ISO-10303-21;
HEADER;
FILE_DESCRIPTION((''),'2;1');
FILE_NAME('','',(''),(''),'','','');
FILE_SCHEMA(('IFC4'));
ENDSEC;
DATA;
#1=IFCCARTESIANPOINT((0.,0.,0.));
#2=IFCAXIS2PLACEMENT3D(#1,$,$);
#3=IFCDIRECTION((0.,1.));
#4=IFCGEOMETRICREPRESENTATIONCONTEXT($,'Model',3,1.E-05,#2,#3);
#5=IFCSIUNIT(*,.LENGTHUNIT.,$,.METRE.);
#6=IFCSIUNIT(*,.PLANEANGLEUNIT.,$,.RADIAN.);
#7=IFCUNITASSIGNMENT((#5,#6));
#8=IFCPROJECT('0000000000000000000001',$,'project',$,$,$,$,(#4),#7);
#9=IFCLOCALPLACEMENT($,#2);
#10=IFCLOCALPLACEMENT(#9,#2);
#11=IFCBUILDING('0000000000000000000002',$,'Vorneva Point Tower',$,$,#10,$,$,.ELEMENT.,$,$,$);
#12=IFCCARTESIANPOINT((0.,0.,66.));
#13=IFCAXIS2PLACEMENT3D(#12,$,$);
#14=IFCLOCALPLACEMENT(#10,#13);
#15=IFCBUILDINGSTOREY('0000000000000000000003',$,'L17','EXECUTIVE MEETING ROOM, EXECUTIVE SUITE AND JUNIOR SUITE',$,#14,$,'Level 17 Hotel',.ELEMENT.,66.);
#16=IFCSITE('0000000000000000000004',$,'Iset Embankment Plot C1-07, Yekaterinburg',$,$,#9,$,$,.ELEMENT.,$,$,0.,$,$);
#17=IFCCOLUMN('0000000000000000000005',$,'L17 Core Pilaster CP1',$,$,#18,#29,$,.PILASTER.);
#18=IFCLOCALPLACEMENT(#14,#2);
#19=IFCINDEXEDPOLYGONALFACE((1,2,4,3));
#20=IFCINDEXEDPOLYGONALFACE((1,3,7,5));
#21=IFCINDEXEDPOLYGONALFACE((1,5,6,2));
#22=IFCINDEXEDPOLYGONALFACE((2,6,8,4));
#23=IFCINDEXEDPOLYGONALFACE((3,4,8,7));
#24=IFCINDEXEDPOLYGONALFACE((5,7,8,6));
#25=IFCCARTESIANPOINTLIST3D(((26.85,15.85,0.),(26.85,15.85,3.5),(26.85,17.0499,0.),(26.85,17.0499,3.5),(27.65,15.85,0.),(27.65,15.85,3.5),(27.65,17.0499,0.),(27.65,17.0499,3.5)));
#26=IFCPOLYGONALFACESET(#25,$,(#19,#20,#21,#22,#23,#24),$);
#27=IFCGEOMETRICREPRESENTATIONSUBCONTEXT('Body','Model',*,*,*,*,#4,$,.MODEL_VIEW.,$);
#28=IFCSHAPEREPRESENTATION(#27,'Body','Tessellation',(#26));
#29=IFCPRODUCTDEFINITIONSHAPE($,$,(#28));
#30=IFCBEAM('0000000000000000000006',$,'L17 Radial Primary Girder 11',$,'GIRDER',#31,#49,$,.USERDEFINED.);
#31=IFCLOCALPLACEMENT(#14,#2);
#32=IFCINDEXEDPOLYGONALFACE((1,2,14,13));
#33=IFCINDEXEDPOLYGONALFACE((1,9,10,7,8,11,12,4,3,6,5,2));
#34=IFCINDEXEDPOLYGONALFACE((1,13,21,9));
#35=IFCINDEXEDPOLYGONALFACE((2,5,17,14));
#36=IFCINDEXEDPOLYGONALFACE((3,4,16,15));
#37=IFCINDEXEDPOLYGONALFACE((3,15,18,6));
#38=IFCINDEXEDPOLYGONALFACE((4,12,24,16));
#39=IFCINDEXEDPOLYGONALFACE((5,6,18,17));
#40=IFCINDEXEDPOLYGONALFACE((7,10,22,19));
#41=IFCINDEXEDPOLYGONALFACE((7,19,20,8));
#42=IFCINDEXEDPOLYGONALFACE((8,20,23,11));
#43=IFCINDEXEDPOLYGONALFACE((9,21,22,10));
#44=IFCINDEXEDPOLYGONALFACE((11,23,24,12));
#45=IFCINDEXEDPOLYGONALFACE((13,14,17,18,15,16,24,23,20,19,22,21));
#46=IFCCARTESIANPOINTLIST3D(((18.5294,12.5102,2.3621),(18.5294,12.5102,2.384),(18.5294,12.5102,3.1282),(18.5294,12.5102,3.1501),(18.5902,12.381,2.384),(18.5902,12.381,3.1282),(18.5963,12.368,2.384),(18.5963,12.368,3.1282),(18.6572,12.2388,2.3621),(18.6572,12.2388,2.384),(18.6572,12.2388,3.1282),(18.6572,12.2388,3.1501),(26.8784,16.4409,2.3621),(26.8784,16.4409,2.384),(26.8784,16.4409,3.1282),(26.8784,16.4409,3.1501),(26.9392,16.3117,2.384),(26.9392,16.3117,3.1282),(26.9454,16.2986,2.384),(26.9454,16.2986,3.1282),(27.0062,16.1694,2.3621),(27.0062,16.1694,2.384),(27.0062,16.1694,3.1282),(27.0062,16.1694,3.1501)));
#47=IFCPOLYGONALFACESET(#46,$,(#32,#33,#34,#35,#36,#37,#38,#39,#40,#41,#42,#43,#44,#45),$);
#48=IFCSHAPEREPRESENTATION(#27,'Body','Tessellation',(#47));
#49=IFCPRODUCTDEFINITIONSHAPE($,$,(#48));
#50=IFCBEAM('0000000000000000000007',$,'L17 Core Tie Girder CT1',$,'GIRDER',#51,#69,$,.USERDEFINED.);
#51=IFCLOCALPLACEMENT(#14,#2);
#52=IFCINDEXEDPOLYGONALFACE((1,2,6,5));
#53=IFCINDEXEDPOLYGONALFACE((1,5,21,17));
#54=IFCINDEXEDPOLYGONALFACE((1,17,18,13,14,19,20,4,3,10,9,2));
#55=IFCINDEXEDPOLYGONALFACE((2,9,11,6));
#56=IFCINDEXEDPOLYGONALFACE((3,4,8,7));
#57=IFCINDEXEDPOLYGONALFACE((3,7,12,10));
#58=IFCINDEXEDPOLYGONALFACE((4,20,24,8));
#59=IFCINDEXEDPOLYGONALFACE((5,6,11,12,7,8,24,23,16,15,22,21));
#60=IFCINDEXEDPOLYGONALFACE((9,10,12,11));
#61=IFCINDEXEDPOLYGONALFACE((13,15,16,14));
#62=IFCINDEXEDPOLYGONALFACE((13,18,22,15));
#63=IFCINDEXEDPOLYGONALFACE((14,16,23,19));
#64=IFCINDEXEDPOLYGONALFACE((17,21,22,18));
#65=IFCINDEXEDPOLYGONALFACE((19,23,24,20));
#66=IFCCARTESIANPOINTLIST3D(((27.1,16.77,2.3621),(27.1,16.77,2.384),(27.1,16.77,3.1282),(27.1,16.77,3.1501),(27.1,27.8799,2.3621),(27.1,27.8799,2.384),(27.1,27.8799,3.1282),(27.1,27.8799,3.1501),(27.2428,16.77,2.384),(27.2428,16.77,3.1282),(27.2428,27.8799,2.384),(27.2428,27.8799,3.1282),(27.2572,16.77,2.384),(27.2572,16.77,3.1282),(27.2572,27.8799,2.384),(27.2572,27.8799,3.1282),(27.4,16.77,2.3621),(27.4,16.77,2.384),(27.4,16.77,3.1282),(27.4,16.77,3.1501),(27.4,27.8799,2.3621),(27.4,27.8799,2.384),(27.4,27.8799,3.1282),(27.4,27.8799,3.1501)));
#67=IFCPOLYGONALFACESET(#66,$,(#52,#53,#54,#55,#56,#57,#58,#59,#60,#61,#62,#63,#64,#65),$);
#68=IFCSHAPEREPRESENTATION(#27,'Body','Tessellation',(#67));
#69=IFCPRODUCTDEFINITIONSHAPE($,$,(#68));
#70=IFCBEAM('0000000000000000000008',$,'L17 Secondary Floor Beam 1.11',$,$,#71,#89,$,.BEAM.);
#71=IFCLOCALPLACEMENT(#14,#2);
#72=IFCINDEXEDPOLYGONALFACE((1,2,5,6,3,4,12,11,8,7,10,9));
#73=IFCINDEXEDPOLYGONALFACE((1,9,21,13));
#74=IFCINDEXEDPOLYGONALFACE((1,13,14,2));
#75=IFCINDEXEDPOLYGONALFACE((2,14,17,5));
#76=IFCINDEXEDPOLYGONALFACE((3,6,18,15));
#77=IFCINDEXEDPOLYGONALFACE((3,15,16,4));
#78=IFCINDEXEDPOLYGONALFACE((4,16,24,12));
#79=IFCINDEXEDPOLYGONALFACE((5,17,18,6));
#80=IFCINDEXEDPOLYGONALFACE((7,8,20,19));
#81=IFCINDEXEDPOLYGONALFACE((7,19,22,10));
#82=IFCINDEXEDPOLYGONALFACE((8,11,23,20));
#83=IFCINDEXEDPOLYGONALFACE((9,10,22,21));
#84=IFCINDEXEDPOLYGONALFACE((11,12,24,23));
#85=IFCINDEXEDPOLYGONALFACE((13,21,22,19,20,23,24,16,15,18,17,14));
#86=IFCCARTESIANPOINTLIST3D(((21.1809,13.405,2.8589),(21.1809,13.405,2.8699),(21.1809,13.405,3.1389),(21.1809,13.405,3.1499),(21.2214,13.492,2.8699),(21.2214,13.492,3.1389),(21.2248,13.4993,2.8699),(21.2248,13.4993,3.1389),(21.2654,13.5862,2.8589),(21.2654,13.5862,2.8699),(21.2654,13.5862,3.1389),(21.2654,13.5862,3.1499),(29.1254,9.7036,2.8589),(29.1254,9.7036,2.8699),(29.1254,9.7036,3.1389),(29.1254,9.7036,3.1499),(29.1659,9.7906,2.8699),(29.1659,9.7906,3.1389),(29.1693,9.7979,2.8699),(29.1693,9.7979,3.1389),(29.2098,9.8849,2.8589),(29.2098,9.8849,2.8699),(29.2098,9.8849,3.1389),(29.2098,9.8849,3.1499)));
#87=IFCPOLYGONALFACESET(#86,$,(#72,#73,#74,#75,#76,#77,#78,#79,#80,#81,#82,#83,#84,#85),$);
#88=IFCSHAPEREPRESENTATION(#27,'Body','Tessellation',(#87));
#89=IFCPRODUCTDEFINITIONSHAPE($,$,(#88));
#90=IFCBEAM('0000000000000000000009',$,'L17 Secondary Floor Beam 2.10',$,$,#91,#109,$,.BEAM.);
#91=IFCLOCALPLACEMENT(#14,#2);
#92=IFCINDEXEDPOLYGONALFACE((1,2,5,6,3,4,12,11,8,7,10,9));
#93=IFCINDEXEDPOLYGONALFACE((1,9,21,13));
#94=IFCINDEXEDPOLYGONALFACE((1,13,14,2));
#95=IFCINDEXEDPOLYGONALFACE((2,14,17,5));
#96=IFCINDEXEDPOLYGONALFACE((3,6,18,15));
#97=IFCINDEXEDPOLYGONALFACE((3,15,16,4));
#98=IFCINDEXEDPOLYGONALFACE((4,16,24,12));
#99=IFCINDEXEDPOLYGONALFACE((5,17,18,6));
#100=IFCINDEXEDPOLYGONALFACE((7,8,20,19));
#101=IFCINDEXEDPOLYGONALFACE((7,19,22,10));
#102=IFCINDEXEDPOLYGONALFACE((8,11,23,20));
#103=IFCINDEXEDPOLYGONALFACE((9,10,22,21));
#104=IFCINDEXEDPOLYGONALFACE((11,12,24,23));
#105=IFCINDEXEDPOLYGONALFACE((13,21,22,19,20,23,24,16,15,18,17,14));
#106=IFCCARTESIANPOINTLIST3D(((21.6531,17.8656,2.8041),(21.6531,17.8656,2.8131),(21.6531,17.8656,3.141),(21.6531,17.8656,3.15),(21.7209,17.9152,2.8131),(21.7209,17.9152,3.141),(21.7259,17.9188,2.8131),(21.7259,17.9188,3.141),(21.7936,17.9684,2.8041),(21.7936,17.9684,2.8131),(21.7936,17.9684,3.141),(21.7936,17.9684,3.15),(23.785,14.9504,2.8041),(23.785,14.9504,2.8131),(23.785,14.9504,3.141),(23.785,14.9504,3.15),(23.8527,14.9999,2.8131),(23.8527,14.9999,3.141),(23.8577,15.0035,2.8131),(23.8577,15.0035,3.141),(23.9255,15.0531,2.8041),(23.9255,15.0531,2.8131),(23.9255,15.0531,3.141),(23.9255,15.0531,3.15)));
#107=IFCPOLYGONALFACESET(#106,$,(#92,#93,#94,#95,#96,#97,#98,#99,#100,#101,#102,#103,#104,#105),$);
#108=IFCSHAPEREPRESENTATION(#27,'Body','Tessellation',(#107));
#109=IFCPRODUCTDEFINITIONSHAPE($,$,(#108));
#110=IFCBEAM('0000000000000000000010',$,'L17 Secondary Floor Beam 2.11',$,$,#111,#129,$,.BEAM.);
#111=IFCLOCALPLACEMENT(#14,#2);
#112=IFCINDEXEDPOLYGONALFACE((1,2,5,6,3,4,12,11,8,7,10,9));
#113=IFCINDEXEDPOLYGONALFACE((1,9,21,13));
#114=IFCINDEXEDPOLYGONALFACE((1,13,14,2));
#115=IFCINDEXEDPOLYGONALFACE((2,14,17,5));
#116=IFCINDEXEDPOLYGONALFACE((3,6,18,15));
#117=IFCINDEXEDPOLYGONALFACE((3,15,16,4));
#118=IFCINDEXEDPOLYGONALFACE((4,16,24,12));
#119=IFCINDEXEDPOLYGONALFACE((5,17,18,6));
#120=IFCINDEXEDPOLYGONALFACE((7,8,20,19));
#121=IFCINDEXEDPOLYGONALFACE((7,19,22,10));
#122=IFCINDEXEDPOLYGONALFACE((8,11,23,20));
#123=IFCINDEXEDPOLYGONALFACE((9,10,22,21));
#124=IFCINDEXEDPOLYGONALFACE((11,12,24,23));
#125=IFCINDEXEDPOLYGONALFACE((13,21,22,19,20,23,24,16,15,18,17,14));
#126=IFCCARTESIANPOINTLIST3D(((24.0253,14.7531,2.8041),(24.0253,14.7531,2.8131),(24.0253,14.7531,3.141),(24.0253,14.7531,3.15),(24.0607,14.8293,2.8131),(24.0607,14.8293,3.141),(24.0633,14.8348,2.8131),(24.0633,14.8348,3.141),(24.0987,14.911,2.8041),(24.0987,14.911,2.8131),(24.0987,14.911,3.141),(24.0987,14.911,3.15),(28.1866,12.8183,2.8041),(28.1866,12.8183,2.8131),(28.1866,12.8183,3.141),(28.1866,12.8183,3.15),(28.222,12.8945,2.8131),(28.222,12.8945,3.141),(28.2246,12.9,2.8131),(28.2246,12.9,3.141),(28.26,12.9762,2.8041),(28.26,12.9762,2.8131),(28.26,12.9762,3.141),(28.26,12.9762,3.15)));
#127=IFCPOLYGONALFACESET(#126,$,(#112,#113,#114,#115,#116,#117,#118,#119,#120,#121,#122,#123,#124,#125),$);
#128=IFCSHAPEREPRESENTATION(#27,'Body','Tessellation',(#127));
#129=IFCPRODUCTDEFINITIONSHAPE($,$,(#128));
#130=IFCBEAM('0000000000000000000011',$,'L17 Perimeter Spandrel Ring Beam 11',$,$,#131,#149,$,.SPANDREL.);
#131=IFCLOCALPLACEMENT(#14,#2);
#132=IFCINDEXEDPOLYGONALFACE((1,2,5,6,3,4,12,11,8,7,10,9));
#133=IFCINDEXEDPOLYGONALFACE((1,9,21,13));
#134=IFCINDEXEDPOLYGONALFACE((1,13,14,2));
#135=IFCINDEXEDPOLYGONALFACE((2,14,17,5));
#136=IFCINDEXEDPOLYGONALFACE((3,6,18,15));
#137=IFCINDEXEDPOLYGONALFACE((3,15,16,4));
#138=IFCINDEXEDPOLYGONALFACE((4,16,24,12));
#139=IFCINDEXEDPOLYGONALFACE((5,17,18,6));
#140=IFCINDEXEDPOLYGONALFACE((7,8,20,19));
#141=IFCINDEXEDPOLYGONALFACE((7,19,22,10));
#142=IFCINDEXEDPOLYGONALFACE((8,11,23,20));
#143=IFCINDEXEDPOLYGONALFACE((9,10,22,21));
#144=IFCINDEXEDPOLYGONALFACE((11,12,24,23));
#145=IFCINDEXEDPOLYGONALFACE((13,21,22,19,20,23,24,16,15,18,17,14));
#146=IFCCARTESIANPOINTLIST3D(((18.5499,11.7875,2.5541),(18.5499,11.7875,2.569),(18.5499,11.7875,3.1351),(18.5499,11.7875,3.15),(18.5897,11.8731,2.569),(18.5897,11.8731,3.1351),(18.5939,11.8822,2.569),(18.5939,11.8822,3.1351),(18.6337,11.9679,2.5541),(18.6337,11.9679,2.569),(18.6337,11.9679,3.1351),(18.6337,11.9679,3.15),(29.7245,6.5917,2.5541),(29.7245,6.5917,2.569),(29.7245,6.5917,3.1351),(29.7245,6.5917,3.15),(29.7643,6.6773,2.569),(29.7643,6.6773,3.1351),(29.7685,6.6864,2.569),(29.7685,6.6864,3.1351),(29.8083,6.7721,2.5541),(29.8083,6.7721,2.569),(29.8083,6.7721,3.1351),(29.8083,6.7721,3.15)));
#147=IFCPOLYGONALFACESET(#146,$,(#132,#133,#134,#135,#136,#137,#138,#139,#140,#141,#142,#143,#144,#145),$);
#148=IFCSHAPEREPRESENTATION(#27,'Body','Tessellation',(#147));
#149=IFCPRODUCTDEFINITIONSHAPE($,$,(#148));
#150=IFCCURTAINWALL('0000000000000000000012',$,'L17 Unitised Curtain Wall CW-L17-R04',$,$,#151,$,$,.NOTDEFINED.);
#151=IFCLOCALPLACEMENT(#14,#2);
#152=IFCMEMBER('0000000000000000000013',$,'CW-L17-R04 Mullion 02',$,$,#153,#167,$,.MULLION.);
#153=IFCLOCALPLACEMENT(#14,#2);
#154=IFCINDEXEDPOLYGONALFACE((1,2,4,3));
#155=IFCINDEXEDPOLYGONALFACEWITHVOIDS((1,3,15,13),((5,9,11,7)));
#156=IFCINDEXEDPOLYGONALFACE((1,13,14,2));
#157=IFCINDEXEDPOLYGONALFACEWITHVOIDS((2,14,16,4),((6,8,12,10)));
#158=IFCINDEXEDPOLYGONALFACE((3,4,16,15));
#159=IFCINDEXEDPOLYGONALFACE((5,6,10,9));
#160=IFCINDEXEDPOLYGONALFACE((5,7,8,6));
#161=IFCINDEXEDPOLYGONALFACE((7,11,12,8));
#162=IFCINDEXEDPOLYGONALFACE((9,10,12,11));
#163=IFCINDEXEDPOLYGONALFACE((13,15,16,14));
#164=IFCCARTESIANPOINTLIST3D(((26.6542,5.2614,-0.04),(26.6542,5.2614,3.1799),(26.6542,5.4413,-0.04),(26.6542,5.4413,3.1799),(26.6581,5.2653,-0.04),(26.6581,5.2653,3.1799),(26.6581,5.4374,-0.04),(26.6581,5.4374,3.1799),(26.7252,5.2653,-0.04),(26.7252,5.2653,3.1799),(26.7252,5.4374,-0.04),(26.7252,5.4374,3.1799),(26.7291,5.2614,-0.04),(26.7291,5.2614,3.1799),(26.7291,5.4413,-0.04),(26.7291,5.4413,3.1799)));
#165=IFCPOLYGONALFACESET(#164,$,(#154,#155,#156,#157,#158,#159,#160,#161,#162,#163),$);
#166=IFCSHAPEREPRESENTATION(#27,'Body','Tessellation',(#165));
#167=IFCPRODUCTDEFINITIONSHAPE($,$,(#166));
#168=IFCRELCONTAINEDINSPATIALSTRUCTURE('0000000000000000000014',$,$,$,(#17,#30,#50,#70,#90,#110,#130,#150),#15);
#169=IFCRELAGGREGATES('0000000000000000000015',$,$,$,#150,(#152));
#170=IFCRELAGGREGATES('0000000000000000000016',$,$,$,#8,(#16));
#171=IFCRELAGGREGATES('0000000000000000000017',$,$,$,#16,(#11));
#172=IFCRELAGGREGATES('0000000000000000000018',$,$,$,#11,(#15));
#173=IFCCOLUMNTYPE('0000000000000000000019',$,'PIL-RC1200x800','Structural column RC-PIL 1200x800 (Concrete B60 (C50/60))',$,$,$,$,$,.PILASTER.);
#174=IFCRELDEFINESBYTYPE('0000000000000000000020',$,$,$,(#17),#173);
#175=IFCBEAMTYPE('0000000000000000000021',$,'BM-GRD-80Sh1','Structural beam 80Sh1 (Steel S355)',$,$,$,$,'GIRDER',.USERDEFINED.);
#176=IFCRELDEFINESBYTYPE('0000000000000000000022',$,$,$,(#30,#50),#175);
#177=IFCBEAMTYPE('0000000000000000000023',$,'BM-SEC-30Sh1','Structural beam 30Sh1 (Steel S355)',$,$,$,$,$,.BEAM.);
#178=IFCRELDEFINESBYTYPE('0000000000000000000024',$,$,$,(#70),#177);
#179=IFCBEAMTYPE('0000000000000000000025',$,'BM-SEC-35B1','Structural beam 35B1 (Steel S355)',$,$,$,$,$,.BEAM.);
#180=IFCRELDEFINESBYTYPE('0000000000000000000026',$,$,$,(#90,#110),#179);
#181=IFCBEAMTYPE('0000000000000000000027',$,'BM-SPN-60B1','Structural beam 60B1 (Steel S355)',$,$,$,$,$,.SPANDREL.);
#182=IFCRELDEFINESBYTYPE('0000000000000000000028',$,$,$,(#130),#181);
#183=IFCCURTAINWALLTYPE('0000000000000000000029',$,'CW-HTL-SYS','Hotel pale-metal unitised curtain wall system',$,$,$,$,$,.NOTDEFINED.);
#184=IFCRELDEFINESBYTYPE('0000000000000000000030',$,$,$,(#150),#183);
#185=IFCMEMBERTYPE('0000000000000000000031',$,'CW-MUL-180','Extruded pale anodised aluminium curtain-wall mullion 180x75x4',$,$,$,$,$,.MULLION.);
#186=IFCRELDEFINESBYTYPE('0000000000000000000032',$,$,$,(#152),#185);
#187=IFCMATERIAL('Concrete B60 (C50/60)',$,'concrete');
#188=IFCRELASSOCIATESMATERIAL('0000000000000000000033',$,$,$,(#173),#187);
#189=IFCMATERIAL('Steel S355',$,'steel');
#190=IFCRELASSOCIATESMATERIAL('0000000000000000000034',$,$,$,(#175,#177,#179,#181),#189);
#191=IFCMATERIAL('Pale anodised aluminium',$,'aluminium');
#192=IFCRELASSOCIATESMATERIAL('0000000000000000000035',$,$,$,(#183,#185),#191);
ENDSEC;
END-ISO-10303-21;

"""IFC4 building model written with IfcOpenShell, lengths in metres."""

from ifc_helpers import new_model, si_unit, direction, frame, origin, origin_2d, place, context, subcontext, project, spatial, rectangle, hollow_rectangle, i_section, extrude, material, material_profile, profile_set, type_object, element, aggregate, save


model = new_model("IFC4")

# Units and contexts
model_context = context("Model", 3, precision=1e-05, world=origin(), true_north=direction((0.0, 1.0)))
body_context = subcontext(model_context, "Body", "Model", "MODEL_VIEW")
ifc_project = project(units=[si_unit("LENGTHUNIT", "METRE"), si_unit("PLANEANGLEUNIT", "RADIAN")], contexts=[model_context])

# Site, building, storey
site_placement = place(None, origin())
site = spatial("IfcSite", under=ifc_project, at=site_placement, Name="Iset Embankment Plot C1-07, Yekaterinburg", CompositionType="ELEMENT", RefElevation=0.0)
building_placement = place(site_placement, origin())
building = spatial("IfcBuilding", under=site, at=building_placement, Name="Vorneva Point Tower", CompositionType="ELEMENT")
storey_placement = place(building_placement, frame((0.0, 0.0, 66.0)))
storey = spatial("IfcBuildingStorey", under=building, at=storey_placement, Name="L17", Description="EXECUTIVE MEETING ROOM, EXECUTIVE SUITE AND JUNIOR SUITE", LongName="Level 17 Hotel", CompositionType="ELEMENT", Elevation=66.0)

# Column
ifc_material_1 = material(Name="Concrete B60 (C50/60)", Category="concrete")
ifc_material_profile_1 = material_profile(ifc_material_1, rectangle(XDim=0.8, YDim=1.2, at=origin_2d()), Name="RC-PIL 1200x800")
ifc_profile_set_1 = profile_set([ifc_material_profile_1], Name="Concrete B60 (C50/60)")
column_type_1 = type_object("IfcColumnType", Name="PIL-RC1200x800", Description="Structural column RC-PIL 1200x800 (Concrete B60 (C50/60))", PredefinedType="PILASTER", material=ifc_profile_set_1)
column_placement = place(storey_placement, frame((27.25, 16.45, 0.0), z_axis=(0.0, 0.0, 1.0), x_axis=(1.0, 0.0, 0.0)))
element("IfcColumn", 1, at=column_placement, inside=storey, type_object=column_type_1, Name="L17 Core Pilaster CP1", PredefinedType="PILASTER", context=body_context, shape_type="SweptSolid", body=[
    extrude(rectangle(XDim=0.8, YDim=1.2, at=origin_2d()), origin(), (0.0, 0.0, 1.0), 3.5),
])

# Beams
ifc_material_2 = material(Name="Steel S355", Category="steel")
ifc_material_profile_2 = material_profile(ifc_material_2, i_section(OverallWidth=0.3, OverallDepth=0.7881, WebThickness=0.0144, FlangeThickness=0.022, at=origin_2d()), Name="80Sh1")
ifc_profile_set_2 = profile_set([ifc_material_profile_2], Name="Steel S355")
beam_type_1 = type_object("IfcBeamType", Name="BM-GRD-80Sh1", Description="Structural beam 80Sh1 (Steel S355)", ElementType="GIRDER", PredefinedType="USERDEFINED", material=ifc_profile_set_2)
beam_1_placement = place(storey_placement, frame((18.5933, 12.3745, 2.7561), z_axis=(0.904749, 0.425945, 0.0), x_axis=(-0.425945, 0.904749, 0.0)))
element("IfcBeam", 2, at=beam_1_placement, inside=storey, type_object=beam_type_1, Name="L17 Radial Primary Girder 11", ObjectType="GIRDER", PredefinedType="USERDEFINED", context=body_context, shape_type="SweptSolid", body=[
    extrude(i_section(OverallWidth=0.3, OverallDepth=0.7881, WebThickness=0.0144, FlangeThickness=0.022, at=origin_2d()), origin(), (0.0, 0.0, 1.0), 9.228),
])
beam_2_placement = place(storey_placement, frame((27.25, 16.77, 2.7561), z_axis=(0.0, 1.0, 0.0), x_axis=(-1.0, 0.0, 0.0)))
element("IfcBeam", 3, at=beam_2_placement, inside=storey, type_object=beam_type_1, Name="L17 Core Tie Girder CT1", ObjectType="GIRDER", PredefinedType="USERDEFINED", context=body_context, shape_type="SweptSolid", body=[
    extrude(i_section(OverallWidth=0.3, OverallDepth=0.7881, WebThickness=0.0144, FlangeThickness=0.022, at=origin_2d()), origin(), (0.0, 0.0, 1.0), 11.1099),
])
ifc_material_profile_3 = material_profile(ifc_material_2, i_section(OverallWidth=0.2, OverallDepth=0.291, WebThickness=0.0081, FlangeThickness=0.011, at=origin_2d()), Name="30Sh1")
ifc_profile_set_3 = profile_set([ifc_material_profile_3], Name="Steel S355")
beam_type_2 = type_object("IfcBeamType", Name="BM-SEC-30Sh1", Description="Structural beam 30Sh1 (Steel S355)", PredefinedType="BEAM", material=ifc_profile_set_3)
beam_3_placement = place(storey_placement, frame((21.2231, 13.4956, 3.0044), z_axis=(0.906448, -0.422318, 0.0), x_axis=(0.422318, 0.906448, 0.0)))
element("IfcBeam", 4, at=beam_3_placement, inside=storey, type_object=beam_type_2, Name="L17 Secondary Floor Beam 1.11", PredefinedType="BEAM", context=body_context, shape_type="SweptSolid", body=[
    extrude(i_section(OverallWidth=0.2, OverallDepth=0.291, WebThickness=0.0081, FlangeThickness=0.011, at=origin_2d()), origin(), (0.0, 0.0, 1.0), 8.7644),
])
ifc_material_profile_4 = material_profile(ifc_material_2, i_section(OverallWidth=0.1741, OverallDepth=0.3459, WebThickness=0.0061, FlangeThickness=0.009, at=origin_2d()), Name="35B1")
ifc_profile_set_4 = profile_set([ifc_material_profile_4], Name="Steel S355")
beam_type_3 = type_object("IfcBeamType", Name="BM-SEC-35B1", Description="Structural beam 35B1 (Steel S355)", PredefinedType="BEAM", material=ifc_profile_set_4)
beam_4_placement = place(storey_placement, frame((21.7234, 17.917, 2.9771), z_axis=(0.590276, -0.807202, 0.0), x_axis=(0.807202, 0.590276, 0.0)))
element("IfcBeam", 5, at=beam_4_placement, inside=storey, type_object=beam_type_3, Name="L17 Secondary Floor Beam 2.10", PredefinedType="BEAM", context=body_context, shape_type="SweptSolid", body=[
    extrude(i_section(OverallWidth=0.1741, OverallDepth=0.3459, WebThickness=0.0061, FlangeThickness=0.009, at=origin_2d()), origin(), (0.0, 0.0, 1.0), 3.6116),
])
beam_5_placement = place(storey_placement, frame((24.062, 14.832, 2.9771), z_axis=(0.90678, -0.421604, 0.0), x_axis=(0.421604, 0.90678, 0.0)))
element("IfcBeam", 6, at=beam_5_placement, inside=storey, type_object=beam_type_3, Name="L17 Secondary Floor Beam 2.11", PredefinedType="BEAM", context=body_context, shape_type="SweptSolid", body=[
    extrude(i_section(OverallWidth=0.1741, OverallDepth=0.3459, WebThickness=0.0061, FlangeThickness=0.009, at=origin_2d()), origin(), (0.0, 0.0, 1.0), 4.5891),
])
ifc_material_profile_5 = material_profile(ifc_material_2, i_section(OverallWidth=0.199, OverallDepth=0.5959, WebThickness=0.01, FlangeThickness=0.0149, at=origin_2d()), Name="60B1")
ifc_profile_set_5 = profile_set([ifc_material_profile_5], Name="Steel S355")
beam_type_4 = type_object("IfcBeamType", Name="BM-SPN-60B1", Description="Structural beam 60B1 (Steel S355)", PredefinedType="SPANDREL", material=ifc_profile_set_5)
beam_6_placement = place(storey_placement, frame((18.5918, 11.8777, 2.8521), z_axis=(0.906773, -0.421619, 0.0), x_axis=(0.421619, 0.906773, 0.0)))
element("IfcBeam", 7, at=beam_6_placement, inside=storey, type_object=beam_type_4, Name="L17 Perimeter Spandrel Ring Beam 11", PredefinedType="SPANDREL", context=body_context, shape_type="SweptSolid", body=[
    extrude(i_section(OverallWidth=0.199, OverallDepth=0.5959, WebThickness=0.01, FlangeThickness=0.0149, at=origin_2d()), origin(), (0.0, 0.0, 1.0), 12.3235),
])

# Curtain wall, member
ifc_material_3 = material(Name="Pale anodised aluminium", Category="aluminium")
curtain_wall_type = type_object("IfcCurtainWallType", Name="CW-HTL-SYS", Description="Hotel pale-metal unitised curtain wall system", PredefinedType="NOTDEFINED", material=ifc_material_3)
curtain_wall_placement = place(storey_placement, origin())
curtain_wall = element("IfcCurtainWall", 8, at=curtain_wall_placement, inside=storey, type_object=curtain_wall_type, Name="L17 Unitised Curtain Wall CW-L17-R04", PredefinedType="NOTDEFINED")
ifc_material_profile_6 = material_profile(ifc_material_3, hollow_rectangle(XDim=0.075, YDim=0.1799, WallThickness=0.0039, at=origin_2d()), Name="AL-MUL 180x75x4")
ifc_profile_set_6 = profile_set([ifc_material_profile_6], Name="Pale anodised aluminium")
member_type_1 = type_object("IfcMemberType", Name="CW-MUL-180", Description="Extruded pale anodised aluminium curtain-wall mullion 180x75x4", PredefinedType="MULLION", material=ifc_profile_set_6)
member_1_placement = place(storey_placement, frame((26.6917, 5.3513, -0.04), z_axis=(0.0, 0.0, 1.0), x_axis=(1.0, 0.0, 0.0)))
member_1 = element("IfcMember", 9, at=member_1_placement, type_object=member_type_1, Name="CW-L17-R04 Mullion 02", PredefinedType="MULLION", context=body_context, shape_type="SweptSolid", body=[
    extrude(hollow_rectangle(XDim=0.075, YDim=0.1799, WallThickness=0.0039, at=origin_2d()), origin(), (0.0, 0.0, 1.0), 3.22),
])
aggregate(curtain_wall, [member_1])

save(model, "model.ifc")
